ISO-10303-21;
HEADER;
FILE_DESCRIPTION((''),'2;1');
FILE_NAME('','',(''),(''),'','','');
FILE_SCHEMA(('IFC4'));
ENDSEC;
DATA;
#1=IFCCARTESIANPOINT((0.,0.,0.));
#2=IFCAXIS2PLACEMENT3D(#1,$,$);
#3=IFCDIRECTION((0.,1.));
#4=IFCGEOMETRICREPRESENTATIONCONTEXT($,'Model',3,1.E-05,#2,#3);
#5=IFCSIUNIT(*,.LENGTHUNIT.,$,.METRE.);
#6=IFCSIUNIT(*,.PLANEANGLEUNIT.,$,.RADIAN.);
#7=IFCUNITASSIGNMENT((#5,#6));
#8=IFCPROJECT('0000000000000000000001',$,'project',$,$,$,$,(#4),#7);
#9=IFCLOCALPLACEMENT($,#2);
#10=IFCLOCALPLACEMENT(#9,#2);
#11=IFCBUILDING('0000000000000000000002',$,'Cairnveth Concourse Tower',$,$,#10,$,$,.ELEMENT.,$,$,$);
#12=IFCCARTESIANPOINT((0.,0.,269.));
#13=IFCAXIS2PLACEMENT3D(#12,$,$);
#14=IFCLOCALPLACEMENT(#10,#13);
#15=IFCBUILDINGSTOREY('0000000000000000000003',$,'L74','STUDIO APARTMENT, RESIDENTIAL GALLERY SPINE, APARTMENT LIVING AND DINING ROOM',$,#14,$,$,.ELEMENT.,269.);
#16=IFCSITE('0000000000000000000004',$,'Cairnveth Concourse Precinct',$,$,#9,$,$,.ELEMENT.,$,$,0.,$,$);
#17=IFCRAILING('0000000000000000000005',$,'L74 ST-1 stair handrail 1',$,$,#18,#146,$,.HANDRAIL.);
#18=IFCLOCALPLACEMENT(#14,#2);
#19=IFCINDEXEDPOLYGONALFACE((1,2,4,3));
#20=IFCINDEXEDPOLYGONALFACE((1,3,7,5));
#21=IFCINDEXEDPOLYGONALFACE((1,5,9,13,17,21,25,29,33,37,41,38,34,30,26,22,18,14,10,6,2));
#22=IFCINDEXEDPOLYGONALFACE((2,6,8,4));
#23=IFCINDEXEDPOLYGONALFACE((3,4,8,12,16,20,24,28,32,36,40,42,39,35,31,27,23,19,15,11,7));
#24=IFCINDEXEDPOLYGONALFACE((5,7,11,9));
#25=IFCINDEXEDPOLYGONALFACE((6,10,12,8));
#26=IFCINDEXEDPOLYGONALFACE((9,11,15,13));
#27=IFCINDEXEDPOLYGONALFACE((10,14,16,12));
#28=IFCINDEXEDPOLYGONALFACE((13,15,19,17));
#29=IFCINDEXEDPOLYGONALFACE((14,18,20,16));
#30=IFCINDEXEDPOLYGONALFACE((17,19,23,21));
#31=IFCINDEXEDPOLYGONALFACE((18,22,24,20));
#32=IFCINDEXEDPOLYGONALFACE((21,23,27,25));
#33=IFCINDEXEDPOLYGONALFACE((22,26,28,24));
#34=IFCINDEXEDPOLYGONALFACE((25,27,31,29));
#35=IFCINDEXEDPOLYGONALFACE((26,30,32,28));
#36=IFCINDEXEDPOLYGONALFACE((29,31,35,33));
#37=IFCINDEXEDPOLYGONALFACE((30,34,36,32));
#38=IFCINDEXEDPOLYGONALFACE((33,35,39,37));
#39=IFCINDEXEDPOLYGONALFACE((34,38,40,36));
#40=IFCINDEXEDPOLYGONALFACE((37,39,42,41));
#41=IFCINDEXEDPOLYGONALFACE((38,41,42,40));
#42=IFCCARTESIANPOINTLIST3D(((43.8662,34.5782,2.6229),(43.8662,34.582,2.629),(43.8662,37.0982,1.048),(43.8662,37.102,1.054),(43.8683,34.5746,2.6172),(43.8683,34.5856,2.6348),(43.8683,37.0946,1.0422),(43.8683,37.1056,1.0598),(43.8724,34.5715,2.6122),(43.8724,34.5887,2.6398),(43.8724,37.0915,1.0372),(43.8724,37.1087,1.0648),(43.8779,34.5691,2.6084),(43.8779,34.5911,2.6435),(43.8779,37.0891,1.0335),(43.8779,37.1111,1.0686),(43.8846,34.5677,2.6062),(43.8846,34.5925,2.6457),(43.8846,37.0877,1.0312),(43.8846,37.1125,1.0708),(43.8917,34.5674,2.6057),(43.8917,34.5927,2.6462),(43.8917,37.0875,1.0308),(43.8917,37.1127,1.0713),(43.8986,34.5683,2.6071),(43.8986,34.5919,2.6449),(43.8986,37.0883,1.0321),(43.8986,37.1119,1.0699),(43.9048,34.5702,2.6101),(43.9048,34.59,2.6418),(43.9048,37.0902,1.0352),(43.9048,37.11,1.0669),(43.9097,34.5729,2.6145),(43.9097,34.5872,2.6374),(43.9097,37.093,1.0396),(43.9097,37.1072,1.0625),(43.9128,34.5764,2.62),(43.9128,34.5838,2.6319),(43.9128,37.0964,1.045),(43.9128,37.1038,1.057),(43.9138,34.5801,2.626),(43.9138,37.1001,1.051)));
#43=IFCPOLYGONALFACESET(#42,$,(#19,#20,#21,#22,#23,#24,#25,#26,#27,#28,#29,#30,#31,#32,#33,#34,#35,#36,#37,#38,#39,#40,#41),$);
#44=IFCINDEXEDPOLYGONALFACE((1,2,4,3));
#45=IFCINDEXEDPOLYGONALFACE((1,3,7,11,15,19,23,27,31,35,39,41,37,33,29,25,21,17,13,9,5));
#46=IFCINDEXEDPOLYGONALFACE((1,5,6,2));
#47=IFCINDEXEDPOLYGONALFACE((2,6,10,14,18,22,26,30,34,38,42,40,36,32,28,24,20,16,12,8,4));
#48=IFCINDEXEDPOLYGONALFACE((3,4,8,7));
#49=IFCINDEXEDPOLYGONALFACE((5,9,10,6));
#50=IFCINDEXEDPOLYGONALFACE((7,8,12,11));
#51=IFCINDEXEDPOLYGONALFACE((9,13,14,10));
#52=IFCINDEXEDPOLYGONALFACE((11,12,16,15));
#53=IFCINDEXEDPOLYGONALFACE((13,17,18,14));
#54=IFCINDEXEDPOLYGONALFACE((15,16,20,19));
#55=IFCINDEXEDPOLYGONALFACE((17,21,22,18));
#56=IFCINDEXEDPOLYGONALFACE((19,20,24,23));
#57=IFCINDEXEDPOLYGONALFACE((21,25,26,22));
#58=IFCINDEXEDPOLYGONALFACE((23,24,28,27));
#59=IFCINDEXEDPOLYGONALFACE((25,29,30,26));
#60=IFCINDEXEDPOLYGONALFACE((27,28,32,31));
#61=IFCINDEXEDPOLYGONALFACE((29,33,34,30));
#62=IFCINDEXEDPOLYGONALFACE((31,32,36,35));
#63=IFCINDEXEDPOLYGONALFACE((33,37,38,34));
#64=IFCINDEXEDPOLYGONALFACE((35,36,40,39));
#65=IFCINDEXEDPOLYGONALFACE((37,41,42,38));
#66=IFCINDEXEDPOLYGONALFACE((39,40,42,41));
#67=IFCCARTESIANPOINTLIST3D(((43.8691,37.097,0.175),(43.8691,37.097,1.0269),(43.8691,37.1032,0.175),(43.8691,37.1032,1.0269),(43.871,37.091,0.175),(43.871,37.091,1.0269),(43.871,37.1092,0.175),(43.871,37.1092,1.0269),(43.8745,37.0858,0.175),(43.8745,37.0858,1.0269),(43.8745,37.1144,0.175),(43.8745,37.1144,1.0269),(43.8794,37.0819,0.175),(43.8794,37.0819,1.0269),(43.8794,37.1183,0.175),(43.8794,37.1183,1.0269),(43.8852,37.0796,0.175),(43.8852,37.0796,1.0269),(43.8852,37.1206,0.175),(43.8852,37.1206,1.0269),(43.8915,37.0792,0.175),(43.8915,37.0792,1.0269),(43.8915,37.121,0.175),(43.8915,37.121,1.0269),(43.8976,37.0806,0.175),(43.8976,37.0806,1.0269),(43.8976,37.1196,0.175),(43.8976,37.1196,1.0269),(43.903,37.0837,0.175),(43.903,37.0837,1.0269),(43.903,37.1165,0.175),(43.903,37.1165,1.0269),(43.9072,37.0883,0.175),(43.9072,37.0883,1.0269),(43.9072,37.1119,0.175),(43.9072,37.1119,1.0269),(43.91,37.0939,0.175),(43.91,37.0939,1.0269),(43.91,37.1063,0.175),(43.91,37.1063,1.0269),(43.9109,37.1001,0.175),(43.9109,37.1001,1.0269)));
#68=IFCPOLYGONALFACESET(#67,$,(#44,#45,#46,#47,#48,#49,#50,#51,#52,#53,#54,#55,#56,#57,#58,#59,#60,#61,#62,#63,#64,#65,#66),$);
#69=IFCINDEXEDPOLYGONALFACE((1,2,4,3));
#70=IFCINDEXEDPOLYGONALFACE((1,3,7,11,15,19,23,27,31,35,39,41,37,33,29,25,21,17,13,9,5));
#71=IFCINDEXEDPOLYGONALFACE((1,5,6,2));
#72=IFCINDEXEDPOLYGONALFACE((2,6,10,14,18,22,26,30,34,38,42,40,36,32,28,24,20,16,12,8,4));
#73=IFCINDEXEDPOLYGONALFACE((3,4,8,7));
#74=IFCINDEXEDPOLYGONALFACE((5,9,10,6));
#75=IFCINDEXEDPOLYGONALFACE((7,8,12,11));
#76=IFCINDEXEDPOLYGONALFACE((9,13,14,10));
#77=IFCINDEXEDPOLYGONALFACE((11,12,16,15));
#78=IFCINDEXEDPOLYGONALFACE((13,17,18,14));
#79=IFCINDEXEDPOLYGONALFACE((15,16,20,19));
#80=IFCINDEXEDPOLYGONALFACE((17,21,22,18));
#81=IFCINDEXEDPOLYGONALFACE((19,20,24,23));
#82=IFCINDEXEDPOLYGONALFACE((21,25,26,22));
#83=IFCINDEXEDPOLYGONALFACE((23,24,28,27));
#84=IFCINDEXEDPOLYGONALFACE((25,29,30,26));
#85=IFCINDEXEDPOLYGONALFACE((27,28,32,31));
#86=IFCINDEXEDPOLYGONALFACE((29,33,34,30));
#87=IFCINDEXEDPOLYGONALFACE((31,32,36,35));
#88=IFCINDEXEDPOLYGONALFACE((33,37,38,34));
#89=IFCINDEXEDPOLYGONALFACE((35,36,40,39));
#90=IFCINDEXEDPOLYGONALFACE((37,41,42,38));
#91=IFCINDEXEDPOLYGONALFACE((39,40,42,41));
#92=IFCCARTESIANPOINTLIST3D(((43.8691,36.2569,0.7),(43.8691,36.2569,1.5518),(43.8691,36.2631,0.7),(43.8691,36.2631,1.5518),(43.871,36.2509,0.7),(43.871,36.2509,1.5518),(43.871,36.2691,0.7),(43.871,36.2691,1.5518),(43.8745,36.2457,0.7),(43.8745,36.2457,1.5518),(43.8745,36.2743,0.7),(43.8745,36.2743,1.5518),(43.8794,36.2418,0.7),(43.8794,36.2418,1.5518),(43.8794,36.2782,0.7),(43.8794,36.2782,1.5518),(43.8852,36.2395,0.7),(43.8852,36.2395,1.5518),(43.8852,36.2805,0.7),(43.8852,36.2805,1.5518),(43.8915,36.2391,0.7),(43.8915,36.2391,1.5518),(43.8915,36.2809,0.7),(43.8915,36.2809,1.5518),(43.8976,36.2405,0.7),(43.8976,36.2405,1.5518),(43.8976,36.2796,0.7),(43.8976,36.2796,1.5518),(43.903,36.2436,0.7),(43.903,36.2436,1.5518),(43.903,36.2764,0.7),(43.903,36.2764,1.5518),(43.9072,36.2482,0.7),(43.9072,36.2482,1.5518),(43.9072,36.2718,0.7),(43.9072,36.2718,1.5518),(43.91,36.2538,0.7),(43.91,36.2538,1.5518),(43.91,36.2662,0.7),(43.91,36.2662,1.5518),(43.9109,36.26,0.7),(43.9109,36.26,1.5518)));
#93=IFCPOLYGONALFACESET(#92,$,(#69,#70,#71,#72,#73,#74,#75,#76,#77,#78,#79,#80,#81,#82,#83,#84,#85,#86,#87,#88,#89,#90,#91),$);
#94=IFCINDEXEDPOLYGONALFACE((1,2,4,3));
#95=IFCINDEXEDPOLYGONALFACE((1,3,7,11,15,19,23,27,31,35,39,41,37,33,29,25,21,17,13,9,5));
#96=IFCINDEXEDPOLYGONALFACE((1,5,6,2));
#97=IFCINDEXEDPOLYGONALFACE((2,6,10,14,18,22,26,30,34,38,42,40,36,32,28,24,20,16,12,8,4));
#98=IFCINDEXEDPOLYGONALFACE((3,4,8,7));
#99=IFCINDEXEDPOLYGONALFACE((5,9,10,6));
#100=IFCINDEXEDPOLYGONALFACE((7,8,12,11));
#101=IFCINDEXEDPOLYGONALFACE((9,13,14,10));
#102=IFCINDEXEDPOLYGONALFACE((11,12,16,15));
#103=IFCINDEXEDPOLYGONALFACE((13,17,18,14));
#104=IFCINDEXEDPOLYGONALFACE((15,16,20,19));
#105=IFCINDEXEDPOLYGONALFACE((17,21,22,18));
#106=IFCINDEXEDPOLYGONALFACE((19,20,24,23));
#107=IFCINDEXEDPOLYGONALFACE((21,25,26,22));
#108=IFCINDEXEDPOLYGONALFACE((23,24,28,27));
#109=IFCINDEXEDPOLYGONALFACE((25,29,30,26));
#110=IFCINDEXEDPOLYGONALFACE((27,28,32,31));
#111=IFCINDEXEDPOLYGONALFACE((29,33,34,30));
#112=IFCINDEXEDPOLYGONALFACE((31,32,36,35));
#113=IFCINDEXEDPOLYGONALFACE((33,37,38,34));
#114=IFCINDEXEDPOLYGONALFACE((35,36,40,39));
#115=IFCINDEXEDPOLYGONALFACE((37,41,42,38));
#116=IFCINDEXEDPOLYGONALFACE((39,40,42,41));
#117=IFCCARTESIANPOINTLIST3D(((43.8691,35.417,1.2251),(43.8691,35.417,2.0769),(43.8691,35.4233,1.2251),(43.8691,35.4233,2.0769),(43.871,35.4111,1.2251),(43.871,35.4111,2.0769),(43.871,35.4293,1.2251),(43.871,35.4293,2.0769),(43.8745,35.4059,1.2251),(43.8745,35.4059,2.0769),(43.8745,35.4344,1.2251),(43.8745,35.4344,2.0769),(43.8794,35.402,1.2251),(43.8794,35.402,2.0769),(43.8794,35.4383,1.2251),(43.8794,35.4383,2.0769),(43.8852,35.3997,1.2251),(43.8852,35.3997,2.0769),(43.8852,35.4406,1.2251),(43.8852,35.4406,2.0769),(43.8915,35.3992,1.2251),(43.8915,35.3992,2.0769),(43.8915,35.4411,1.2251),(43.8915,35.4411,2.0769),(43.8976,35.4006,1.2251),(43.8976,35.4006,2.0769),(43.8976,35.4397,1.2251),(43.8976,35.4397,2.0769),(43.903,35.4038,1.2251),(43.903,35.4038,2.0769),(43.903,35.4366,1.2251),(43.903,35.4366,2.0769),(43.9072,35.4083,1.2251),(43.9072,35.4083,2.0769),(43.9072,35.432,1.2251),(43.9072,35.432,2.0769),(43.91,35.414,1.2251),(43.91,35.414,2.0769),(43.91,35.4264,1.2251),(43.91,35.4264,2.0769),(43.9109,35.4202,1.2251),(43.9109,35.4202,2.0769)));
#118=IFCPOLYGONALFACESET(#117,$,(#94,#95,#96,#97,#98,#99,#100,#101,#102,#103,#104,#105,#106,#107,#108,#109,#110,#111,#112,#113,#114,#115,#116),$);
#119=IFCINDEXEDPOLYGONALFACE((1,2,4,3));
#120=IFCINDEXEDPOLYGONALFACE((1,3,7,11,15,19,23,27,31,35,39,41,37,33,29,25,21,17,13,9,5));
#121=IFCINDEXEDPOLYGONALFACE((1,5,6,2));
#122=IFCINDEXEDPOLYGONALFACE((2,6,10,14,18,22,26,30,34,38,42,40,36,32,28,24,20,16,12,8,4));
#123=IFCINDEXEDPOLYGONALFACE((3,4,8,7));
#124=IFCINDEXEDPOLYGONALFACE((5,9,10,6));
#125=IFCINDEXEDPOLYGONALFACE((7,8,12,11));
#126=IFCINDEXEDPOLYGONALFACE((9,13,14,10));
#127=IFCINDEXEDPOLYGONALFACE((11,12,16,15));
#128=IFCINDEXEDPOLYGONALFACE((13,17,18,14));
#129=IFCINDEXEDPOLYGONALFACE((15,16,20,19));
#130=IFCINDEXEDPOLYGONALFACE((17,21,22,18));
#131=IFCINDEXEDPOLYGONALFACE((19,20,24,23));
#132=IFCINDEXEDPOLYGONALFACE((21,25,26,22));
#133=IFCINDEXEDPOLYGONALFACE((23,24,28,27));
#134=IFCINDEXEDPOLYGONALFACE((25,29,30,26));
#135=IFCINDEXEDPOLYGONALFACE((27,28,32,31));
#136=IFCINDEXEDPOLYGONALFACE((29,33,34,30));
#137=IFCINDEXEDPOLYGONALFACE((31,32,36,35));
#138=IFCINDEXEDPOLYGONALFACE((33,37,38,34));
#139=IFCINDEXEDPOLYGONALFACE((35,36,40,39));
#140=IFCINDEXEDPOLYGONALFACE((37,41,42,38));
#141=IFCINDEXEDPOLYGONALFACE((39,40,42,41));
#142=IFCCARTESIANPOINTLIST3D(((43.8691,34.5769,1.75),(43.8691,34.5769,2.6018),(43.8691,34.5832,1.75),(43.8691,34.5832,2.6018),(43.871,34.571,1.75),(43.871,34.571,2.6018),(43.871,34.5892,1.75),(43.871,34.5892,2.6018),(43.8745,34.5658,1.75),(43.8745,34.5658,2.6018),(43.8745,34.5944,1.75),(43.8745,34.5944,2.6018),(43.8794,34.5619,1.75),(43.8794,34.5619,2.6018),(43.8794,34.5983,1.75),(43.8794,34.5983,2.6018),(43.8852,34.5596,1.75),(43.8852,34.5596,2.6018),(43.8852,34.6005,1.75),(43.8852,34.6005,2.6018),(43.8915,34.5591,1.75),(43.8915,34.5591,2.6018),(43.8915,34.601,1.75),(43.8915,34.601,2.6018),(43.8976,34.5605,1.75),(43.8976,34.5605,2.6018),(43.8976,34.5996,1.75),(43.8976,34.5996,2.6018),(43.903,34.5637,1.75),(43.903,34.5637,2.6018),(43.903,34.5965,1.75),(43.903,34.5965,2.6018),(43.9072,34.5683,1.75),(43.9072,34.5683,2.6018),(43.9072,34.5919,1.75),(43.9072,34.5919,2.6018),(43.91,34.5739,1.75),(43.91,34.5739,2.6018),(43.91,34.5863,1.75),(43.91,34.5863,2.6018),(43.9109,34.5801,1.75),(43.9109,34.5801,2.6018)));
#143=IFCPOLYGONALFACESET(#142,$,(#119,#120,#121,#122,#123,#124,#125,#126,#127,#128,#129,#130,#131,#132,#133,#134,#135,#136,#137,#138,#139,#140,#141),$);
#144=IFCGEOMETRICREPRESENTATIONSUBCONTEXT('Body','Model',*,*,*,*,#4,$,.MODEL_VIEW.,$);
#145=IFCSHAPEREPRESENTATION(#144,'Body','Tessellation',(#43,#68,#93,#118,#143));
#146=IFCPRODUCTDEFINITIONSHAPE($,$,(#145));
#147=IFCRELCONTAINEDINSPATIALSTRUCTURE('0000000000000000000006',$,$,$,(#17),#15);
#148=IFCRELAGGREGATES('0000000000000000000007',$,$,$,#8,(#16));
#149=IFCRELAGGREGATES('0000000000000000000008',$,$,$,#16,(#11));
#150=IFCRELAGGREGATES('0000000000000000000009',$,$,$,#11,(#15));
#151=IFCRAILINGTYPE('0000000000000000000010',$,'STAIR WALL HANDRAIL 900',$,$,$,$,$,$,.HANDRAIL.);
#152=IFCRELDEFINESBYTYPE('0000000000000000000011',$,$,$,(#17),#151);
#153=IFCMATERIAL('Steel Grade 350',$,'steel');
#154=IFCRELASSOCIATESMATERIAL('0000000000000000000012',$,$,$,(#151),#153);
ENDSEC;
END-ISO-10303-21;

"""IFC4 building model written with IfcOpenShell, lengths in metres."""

from ifc_helpers import new_model, si_unit, direction, frame, origin, origin_2d, place, context, subcontext, project, spatial, circle, extrude, material, type_object, element, save


model = new_model("IFC4")

# Units and contexts
model_context = context("Model", 3, precision=1e-05, world=origin(), true_north=direction((0.0, 1.0)))
body_context = subcontext(model_context, "Body", "Model", "MODEL_VIEW")
ifc_project = project(units=[si_unit("LENGTHUNIT", "METRE"), si_unit("PLANEANGLEUNIT", "RADIAN")], contexts=[model_context])

# Site, building, storey
site_placement = place(None, origin())
site = spatial("IfcSite", under=ifc_project, at=site_placement, Name="Cairnveth Concourse Precinct", CompositionType="ELEMENT", RefElevation=0.0)
building_placement = place(site_placement, origin())
building = spatial("IfcBuilding", under=site, at=building_placement, Name="Cairnveth Concourse Tower", CompositionType="ELEMENT")
storey_placement = place(building_placement, frame((0.0, 0.0, 269.0)))
storey = spatial("IfcBuildingStorey", under=building, at=storey_placement, Name="L74", Description="STUDIO APARTMENT, RESIDENTIAL GALLERY SPINE, APARTMENT LIVING AND DINING ROOM", CompositionType="ELEMENT", Elevation=269.0)

# Shared definitions
ifc_material_1 = material(Name="Steel Grade 350", Category="steel")

# Railing
railing_type = type_object("IfcRailingType", Name="STAIR WALL HANDRAIL 900", PredefinedType="HANDRAIL", material=ifc_material_1)
railing_placement = place(storey_placement, frame((43.8899, 37.1001, 0.175)))
element("IfcRailing", 1, at=railing_placement, inside=storey, type_object=railing_type, Name="L74 ST-1 stair handrail 1", PredefinedType="HANDRAIL", context=body_context, shape_type="SweptSolid", body=[
    extrude(circle(Radius=0.0239, at=origin_2d()), frame((0.0, 0.0, 0.876), z_axis=(0.0, -0.848008, 0.529984), x_axis=(1.0, 0.0, 0.0)), (0.0, 0.0, 1.0), 2.9717),
    extrude(circle(Radius=0.021, at=origin_2d()), origin(), (0.0, 0.0, 1.0), 0.8518),
    extrude(circle(Radius=0.021, at=origin_2d()), frame((0.0, -0.8401, 0.5249)), (0.0, 0.0, 1.0), 0.8518),
    extrude(circle(Radius=0.021, at=origin_2d()), frame((0.0, -1.6799, 1.05)), (0.0, 0.0, 1.0), 0.8518),
    extrude(circle(Radius=0.021, at=origin_2d()), frame((0.0, -2.52, 1.575)), (0.0, 0.0, 1.0), 0.8518),
])

save(model, "model.ifc")
